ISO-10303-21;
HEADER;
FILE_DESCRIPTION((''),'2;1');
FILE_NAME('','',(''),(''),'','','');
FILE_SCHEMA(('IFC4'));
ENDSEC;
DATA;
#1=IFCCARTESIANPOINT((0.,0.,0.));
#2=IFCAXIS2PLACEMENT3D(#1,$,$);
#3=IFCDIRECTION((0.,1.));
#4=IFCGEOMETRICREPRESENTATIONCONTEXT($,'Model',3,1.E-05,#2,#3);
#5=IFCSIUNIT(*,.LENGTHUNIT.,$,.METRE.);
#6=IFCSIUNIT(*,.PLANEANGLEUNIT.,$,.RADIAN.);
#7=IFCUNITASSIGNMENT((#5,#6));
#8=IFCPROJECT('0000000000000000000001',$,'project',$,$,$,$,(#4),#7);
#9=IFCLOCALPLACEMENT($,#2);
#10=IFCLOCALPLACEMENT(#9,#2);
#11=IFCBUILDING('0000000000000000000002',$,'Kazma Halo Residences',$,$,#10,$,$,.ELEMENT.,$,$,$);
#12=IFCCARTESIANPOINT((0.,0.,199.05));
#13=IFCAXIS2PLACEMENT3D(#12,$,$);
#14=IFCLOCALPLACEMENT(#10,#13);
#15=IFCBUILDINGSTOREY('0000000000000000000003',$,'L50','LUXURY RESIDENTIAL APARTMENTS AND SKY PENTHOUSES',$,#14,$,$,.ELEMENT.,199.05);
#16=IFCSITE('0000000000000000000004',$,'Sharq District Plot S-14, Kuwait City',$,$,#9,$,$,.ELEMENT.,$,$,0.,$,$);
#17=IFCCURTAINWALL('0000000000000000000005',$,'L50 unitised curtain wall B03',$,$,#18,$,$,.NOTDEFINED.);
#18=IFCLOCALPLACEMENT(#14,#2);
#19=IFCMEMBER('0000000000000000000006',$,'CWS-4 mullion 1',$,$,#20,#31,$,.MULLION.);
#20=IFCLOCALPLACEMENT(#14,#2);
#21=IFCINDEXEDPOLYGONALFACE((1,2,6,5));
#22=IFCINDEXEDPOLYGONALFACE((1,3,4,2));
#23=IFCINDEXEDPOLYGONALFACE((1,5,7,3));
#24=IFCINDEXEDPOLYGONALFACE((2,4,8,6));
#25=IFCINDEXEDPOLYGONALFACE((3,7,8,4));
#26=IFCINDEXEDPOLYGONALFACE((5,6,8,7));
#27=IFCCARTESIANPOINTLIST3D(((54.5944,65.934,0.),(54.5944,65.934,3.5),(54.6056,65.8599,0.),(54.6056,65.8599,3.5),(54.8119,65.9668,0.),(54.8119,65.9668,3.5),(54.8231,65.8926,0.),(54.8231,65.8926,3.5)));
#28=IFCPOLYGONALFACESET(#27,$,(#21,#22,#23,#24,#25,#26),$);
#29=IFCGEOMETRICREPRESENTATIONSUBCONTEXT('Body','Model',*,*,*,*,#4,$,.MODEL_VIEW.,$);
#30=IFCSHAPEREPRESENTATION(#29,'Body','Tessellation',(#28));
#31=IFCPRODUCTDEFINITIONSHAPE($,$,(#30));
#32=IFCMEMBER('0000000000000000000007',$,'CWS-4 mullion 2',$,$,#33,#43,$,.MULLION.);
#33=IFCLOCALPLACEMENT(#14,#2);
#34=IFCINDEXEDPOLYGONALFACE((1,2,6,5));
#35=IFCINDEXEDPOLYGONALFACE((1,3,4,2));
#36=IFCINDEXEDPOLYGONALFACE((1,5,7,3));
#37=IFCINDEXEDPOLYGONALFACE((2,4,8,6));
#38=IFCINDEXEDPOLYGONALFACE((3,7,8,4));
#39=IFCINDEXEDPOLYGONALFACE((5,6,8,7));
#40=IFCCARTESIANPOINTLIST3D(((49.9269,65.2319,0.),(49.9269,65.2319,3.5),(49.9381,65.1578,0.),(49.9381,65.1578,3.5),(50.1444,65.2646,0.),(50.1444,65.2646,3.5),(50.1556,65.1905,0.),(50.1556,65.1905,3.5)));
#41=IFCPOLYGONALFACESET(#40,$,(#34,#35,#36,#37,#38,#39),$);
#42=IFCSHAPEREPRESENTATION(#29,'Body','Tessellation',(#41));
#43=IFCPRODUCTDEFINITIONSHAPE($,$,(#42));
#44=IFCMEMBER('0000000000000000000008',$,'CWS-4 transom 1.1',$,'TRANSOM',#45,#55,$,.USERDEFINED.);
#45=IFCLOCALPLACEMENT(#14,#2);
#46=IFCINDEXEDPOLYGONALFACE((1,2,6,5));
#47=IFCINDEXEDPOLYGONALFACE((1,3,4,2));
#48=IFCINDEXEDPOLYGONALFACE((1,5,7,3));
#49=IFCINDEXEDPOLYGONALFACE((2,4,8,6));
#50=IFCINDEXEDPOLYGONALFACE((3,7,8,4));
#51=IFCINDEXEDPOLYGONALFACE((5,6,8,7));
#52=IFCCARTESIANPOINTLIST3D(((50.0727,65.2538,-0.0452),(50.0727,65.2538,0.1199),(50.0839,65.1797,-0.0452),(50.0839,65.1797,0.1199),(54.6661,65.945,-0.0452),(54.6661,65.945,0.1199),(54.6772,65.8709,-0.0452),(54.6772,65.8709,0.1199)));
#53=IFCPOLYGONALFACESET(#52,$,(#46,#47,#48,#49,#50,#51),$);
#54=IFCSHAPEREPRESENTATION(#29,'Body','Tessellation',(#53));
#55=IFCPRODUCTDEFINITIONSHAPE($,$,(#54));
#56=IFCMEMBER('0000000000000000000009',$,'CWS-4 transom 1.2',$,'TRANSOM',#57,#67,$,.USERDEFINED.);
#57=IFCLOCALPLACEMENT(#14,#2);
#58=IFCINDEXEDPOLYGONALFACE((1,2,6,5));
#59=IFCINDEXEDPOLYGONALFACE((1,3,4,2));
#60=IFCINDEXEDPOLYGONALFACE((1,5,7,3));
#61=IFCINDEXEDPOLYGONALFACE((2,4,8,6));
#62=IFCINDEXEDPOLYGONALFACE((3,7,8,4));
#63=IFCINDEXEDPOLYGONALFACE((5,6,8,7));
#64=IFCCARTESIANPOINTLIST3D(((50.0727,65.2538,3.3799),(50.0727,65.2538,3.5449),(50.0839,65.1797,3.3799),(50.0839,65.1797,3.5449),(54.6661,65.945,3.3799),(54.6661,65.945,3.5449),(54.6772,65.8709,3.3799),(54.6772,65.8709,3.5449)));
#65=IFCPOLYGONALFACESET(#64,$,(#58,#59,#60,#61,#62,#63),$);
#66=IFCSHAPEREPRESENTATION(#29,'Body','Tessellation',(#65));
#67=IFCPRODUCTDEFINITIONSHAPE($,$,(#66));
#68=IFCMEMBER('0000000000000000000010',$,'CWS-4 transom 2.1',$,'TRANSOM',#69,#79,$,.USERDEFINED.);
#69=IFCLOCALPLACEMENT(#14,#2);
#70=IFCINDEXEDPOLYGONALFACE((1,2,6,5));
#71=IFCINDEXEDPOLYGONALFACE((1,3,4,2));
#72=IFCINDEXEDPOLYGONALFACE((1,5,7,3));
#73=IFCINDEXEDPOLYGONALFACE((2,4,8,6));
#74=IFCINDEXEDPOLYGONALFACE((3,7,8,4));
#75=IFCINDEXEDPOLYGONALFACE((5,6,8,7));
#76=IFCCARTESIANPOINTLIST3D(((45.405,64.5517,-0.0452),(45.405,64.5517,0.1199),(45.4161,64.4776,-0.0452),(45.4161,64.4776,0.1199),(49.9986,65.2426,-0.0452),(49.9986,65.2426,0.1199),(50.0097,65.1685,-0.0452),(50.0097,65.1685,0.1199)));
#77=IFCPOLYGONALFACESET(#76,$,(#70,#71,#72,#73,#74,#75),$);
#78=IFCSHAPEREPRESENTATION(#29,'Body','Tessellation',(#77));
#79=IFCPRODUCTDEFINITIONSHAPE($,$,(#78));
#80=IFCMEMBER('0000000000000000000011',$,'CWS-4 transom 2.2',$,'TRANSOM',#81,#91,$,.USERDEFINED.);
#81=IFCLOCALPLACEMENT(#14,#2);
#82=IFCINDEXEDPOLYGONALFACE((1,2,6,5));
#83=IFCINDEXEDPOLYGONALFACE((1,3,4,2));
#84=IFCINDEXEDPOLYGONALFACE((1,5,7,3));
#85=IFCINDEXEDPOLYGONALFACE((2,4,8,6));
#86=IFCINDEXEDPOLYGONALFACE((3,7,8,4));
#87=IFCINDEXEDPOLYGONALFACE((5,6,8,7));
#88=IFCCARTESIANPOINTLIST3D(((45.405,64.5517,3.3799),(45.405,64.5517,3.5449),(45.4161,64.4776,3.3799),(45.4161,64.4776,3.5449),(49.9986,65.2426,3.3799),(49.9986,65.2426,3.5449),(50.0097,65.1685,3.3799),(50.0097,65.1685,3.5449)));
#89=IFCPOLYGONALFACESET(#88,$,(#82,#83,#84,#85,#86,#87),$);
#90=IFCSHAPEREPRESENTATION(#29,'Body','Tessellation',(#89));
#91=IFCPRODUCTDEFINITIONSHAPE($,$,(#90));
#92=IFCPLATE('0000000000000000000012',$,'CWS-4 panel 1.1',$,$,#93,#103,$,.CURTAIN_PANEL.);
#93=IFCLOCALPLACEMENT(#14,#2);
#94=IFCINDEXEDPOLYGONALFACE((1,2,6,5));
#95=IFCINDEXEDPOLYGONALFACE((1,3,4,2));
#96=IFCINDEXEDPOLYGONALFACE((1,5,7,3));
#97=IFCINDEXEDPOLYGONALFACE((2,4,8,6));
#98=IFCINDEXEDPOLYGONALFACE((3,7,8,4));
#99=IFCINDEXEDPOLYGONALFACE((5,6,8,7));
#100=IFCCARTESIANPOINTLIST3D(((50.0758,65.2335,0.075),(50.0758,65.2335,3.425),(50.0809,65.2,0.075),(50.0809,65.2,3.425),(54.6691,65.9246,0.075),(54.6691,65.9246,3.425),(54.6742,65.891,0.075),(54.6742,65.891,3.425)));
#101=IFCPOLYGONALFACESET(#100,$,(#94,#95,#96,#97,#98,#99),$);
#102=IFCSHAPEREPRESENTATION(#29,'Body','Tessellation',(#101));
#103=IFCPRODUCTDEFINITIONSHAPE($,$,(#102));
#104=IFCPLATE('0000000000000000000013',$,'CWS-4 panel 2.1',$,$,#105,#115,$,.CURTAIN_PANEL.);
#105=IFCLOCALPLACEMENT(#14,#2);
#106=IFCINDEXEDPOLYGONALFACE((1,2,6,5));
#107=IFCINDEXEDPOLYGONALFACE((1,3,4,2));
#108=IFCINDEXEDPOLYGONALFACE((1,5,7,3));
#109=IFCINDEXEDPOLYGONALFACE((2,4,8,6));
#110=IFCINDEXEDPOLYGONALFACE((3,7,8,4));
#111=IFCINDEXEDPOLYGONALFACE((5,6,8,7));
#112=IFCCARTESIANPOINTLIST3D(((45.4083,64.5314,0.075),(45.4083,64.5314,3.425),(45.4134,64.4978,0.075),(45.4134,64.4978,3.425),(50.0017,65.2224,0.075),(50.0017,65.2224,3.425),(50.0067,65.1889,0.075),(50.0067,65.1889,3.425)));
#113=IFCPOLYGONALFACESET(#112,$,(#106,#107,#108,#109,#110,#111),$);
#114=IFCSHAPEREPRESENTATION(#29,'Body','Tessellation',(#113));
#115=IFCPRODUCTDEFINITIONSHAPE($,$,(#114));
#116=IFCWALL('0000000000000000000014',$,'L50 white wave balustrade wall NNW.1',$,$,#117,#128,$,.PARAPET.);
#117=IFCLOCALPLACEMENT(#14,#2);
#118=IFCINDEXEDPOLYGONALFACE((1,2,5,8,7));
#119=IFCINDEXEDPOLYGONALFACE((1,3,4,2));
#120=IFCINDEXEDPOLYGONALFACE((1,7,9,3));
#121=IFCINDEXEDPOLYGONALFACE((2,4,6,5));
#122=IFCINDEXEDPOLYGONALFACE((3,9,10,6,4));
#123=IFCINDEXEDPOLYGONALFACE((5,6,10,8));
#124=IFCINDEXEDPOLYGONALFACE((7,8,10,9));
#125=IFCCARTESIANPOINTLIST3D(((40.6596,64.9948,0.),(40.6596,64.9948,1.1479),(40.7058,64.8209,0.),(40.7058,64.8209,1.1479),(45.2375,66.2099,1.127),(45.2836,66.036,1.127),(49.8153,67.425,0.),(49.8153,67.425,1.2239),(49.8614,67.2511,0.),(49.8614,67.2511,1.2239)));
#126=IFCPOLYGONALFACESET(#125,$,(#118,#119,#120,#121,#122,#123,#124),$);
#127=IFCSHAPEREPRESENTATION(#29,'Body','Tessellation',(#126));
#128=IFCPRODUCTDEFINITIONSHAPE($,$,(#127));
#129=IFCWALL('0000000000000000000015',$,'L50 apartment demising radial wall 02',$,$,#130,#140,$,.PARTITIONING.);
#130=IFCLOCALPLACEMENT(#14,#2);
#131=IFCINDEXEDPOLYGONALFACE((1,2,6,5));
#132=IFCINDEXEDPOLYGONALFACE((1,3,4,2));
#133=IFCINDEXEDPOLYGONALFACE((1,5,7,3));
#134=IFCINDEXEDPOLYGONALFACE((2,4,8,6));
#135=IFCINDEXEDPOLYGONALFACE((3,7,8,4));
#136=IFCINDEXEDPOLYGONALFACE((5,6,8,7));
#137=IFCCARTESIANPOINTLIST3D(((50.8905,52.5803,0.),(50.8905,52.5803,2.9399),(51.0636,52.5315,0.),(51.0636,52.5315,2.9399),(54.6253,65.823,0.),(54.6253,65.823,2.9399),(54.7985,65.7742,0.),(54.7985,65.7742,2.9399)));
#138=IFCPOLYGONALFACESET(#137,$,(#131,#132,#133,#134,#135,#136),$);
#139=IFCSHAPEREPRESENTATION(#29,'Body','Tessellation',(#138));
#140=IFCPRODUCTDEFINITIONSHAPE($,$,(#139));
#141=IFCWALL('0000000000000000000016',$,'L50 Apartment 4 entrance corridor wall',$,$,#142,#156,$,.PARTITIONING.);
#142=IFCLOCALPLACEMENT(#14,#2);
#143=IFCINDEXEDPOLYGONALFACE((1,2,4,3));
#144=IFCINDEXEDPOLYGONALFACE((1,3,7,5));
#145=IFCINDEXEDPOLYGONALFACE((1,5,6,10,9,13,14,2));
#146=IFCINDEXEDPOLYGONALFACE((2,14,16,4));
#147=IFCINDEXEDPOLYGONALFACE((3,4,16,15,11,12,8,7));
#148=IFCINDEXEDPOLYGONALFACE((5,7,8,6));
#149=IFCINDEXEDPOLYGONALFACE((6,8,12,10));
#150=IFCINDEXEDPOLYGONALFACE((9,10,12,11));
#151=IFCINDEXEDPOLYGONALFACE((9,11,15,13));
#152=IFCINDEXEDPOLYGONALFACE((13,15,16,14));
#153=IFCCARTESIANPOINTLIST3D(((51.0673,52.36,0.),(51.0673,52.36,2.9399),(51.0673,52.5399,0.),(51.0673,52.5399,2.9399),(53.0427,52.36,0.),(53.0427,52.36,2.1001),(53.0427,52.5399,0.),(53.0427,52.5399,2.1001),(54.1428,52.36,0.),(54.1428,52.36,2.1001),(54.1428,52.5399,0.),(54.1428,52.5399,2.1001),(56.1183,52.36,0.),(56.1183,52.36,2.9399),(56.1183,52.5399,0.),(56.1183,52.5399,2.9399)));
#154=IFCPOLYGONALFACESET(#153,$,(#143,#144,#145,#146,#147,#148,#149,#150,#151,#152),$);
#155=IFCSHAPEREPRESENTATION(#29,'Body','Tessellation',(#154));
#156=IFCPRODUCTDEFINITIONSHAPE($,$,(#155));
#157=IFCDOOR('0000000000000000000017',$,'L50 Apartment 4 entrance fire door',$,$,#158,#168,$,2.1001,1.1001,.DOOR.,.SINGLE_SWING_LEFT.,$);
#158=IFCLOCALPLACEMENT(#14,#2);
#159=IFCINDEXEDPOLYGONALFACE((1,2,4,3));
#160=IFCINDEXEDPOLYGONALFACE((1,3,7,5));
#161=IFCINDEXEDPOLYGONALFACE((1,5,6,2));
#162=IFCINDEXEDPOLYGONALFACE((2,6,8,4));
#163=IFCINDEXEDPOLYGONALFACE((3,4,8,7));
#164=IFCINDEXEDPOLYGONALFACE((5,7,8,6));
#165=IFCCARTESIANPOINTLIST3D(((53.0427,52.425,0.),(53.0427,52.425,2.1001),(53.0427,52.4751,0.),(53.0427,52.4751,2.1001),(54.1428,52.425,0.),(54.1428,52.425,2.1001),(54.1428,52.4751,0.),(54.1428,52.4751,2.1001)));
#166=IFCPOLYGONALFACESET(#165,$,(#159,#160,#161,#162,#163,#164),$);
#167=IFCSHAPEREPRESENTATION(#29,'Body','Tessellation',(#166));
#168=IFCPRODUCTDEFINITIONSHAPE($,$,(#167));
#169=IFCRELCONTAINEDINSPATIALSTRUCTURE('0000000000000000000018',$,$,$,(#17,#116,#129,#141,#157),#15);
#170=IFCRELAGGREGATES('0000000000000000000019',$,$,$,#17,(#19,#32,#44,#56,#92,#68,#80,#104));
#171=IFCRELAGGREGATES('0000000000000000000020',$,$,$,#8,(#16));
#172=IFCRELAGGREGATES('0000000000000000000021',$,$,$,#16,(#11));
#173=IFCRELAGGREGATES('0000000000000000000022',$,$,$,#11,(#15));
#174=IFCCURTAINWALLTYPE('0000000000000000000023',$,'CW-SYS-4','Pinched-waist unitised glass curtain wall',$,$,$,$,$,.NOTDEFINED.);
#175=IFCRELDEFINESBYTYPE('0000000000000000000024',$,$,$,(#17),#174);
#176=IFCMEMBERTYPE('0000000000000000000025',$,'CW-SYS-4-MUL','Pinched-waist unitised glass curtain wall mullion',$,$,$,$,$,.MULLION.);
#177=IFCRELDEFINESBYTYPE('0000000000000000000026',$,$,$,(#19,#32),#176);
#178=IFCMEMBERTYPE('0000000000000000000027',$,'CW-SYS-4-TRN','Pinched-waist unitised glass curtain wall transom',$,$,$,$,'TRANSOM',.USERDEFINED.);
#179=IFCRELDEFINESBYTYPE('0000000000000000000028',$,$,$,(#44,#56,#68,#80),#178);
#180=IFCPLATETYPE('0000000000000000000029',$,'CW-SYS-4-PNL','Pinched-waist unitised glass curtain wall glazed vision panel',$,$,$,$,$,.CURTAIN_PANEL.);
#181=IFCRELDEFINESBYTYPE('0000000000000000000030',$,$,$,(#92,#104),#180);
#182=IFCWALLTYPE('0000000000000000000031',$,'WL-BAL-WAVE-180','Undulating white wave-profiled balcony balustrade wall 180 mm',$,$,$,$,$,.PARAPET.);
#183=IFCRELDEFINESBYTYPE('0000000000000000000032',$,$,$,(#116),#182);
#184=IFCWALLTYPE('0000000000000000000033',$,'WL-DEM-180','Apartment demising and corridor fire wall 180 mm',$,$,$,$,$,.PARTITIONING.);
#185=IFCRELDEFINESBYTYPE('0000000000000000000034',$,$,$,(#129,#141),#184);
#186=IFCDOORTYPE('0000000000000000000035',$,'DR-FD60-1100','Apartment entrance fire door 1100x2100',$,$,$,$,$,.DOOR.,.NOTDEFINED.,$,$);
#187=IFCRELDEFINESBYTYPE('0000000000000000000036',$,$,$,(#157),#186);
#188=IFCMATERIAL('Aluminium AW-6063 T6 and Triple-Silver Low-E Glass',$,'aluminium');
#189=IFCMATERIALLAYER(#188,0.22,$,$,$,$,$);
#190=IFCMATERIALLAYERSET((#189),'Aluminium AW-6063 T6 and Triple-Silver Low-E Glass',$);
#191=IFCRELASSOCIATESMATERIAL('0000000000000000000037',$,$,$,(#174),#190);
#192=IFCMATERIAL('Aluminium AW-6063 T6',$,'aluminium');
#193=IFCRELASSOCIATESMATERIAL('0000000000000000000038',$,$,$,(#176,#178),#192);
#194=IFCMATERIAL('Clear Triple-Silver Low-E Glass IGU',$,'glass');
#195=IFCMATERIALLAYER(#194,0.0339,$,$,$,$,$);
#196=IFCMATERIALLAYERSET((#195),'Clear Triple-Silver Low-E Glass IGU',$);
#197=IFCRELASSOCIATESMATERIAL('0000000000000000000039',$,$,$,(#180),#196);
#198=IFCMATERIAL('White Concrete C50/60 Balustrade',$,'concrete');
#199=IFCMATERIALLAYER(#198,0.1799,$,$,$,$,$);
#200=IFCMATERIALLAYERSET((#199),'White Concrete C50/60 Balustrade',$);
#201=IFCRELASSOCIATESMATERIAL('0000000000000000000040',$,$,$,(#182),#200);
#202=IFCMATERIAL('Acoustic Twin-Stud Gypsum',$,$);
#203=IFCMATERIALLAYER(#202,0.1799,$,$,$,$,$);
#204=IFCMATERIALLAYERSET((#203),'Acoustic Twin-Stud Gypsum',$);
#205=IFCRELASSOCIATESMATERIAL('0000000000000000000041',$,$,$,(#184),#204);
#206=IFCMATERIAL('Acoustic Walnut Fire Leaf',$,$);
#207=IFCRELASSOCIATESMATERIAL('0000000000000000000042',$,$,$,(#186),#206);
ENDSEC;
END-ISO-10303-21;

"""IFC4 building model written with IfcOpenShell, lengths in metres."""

from ifc_helpers import new_model, si_unit, direction, frame, frame_2d, origin, origin_2d, place, context, subcontext, project, spatial, polyline, rectangle, outline, extrude, material, layer, layer_set, material_profile, profile_set, type_object, element, fill, aggregate, save


model = new_model("IFC4")

# Units and contexts
model_context = context("Model", 3, precision=1e-05, world=origin(), true_north=direction((0.0, 1.0)))
body_context = subcontext(model_context, "Body", "Model", "MODEL_VIEW")
ifc_project = project(units=[si_unit("LENGTHUNIT", "METRE"), si_unit("PLANEANGLEUNIT", "RADIAN")], contexts=[model_context])

# Site, building, storey
site_placement = place(None, origin())
site = spatial("IfcSite", under=ifc_project, at=site_placement, Name="Sharq District Plot S-14, Kuwait City", CompositionType="ELEMENT", RefElevation=0.0)
building_placement = place(site_placement, origin())
building = spatial("IfcBuilding", under=site, at=building_placement, Name="Kazma Halo Residences", CompositionType="ELEMENT")
storey_placement = place(building_placement, frame((0.0, 0.0, 199.05)))
storey = spatial("IfcBuildingStorey", under=building, at=storey_placement, Name="L50", Description="LUXURY RESIDENTIAL APARTMENTS AND SKY PENTHOUSES", CompositionType="ELEMENT", Elevation=199.05)

# Curtain wall, members, plates
ifc_material_1 = material(Name="Aluminium AW-6063 T6 and Triple-Silver Low-E Glass", Category="aluminium")
ifc_layer_1 = layer(ifc_material_1, 0.22)
ifc_layer_set_1 = layer_set([ifc_layer_1], Name="Aluminium AW-6063 T6 and Triple-Silver Low-E Glass")
curtain_wall_type = type_object("IfcCurtainWallType", Name="CW-SYS-4", Description="Pinched-waist unitised glass curtain wall", PredefinedType="NOTDEFINED", material=ifc_layer_set_1)
curtain_wall_placement = place(storey_placement, origin())
curtain_wall = element("IfcCurtainWall", 1, at=curtain_wall_placement, inside=storey, type_object=curtain_wall_type, Name="L50 unitised curtain wall B03", PredefinedType="NOTDEFINED")
ifc_material_2 = material(Name="Aluminium AW-6063 T6", Category="aluminium")
ifc_material_profile_1 = material_profile(ifc_material_2, rectangle(XDim=0.075, YDim=0.22, at=origin_2d()), Name="CWM-75x220")
ifc_profile_set_1 = profile_set([ifc_material_profile_1], Name="Aluminium AW-6063 T6")
member_type_1 = type_object("IfcMemberType", Name="CW-SYS-4-MUL", Description="Pinched-waist unitised glass curtain wall mullion", PredefinedType="MULLION", material=ifc_profile_set_1)
member_1_placement = place(storey_placement, frame((54.7087, 65.9133, 0.0), z_axis=(0.0, 0.0, 1.0), x_axis=(0.148773, -0.988871, 0.0)))
member_1 = element("IfcMember", 2, at=member_1_placement, type_object=member_type_1, Name="CWS-4 mullion 1", PredefinedType="MULLION", context=body_context, shape_type="SweptSolid", body=[
    extrude(rectangle(XDim=0.075, YDim=0.22, at=origin_2d()), origin(), (0.0, 0.0, 1.0), 3.5),
])
member_2_placement = place(storey_placement, frame((50.0413, 65.2112, 0.0), z_axis=(0.0, 0.0, 1.0), x_axis=(0.148773, -0.988871, 0.0)))
member_2 = element("IfcMember", 3, at=member_2_placement, type_object=member_type_1, Name="CWS-4 mullion 2", PredefinedType="MULLION", context=body_context, shape_type="SweptSolid", body=[
    extrude(rectangle(XDim=0.075, YDim=0.22, at=origin_2d()), origin(), (0.0, 0.0, 1.0), 3.5),
])
ifc_material_profile_2 = material_profile(ifc_material_2, rectangle(XDim=0.075, YDim=0.165, at=origin_2d()), Name="CWT-75x165")
ifc_profile_set_2 = profile_set([ifc_material_profile_2], Name="Aluminium AW-6063 T6")
member_type_2 = type_object("IfcMemberType", Name="CW-SYS-4-TRN", Description="Pinched-waist unitised glass curtain wall transom", ElementType="TRANSOM", PredefinedType="USERDEFINED", material=ifc_profile_set_2)
member_3_placement = place(storey_placement, frame((54.6716, 65.908, 0.0374), z_axis=(-0.988868, -0.148798, 0.0), x_axis=(0.148798, -0.988868, 0.0)))
member_3 = element("IfcMember", 4, at=member_3_placement, type_object=member_type_2, Name="CWS-4 transom 1.1", ObjectType="TRANSOM", PredefinedType="USERDEFINED", context=body_context, shape_type="SweptSolid", body=[
    extrude(rectangle(XDim=0.075, YDim=0.165, at=origin_2d()), origin(), (0.0, 0.0, 1.0), 4.645),
])
member_4_placement = place(storey_placement, frame((54.6716, 65.908, 3.4624), z_axis=(-0.988868, -0.148798, 0.0), x_axis=(0.148798, -0.988868, 0.0)))
member_4 = element("IfcMember", 5, at=member_4_placement, type_object=member_type_2, Name="CWS-4 transom 1.2", ObjectType="TRANSOM", PredefinedType="USERDEFINED", context=body_context, shape_type="SweptSolid", body=[
    extrude(rectangle(XDim=0.075, YDim=0.165, at=origin_2d()), origin(), (0.0, 0.0, 1.0), 4.645),
])
member_5_placement = place(storey_placement, frame((50.0042, 65.2056, 0.0374), z_axis=(-0.988877, -0.148739, 0.0), x_axis=(0.148739, -0.988877, 0.0)))
member_5 = element("IfcMember", 6, at=member_5_placement, type_object=member_type_2, Name="CWS-4 transom 2.1", ObjectType="TRANSOM", PredefinedType="USERDEFINED", context=body_context, shape_type="SweptSolid", body=[
    extrude(rectangle(XDim=0.075, YDim=0.165, at=origin_2d()), origin(), (0.0, 0.0, 1.0), 4.6453),
])
member_6_placement = place(storey_placement, frame((50.0042, 65.2056, 3.4624), z_axis=(-0.988877, -0.148739, 0.0), x_axis=(0.148739, -0.988877, 0.0)))
member_6 = element("IfcMember", 7, at=member_6_placement, type_object=member_type_2, Name="CWS-4 transom 2.2", ObjectType="TRANSOM", PredefinedType="USERDEFINED", context=body_context, shape_type="SweptSolid", body=[
    extrude(rectangle(XDim=0.075, YDim=0.165, at=origin_2d()), origin(), (0.0, 0.0, 1.0), 4.6453),
])
ifc_material_3 = material(Name="Clear Triple-Silver Low-E Glass IGU", Category="glass")
ifc_layer_2 = layer(ifc_material_3, 0.0339)
ifc_layer_set_2 = layer_set([ifc_layer_2], Name="Clear Triple-Silver Low-E Glass IGU")
plate_type = type_object("IfcPlateType", Name="CW-SYS-4-PNL", Description="Pinched-waist unitised glass curtain wall glazed vision panel", PredefinedType="CURTAIN_PANEL", material=ifc_layer_set_2)
plate_1_placement = place(storey_placement, frame((52.375, 65.5623, 0.075), z_axis=(0.0, 0.0, 1.0), x_axis=(-0.988871, -0.148773, 0.0)))
plate_1 = element("IfcPlate", 8, at=plate_1_placement, type_object=plate_type, Name="CWS-4 panel 1.1", PredefinedType="CURTAIN_PANEL", context=body_context, shape_type="SweptSolid", body=[
    extrude(rectangle(XDim=4.645, YDim=0.0339, at=origin_2d()), origin(), (0.0, 0.0, 1.0), 3.3501),
])
plate_2_placement = place(storey_placement, frame((47.7075, 64.8601, 0.075), z_axis=(0.0, 0.0, 1.0), x_axis=(-0.988871, -0.148773, 0.0)))
plate_2 = element("IfcPlate", 9, at=plate_2_placement, type_object=plate_type, Name="CWS-4 panel 2.1", PredefinedType="CURTAIN_PANEL", context=body_context, shape_type="SweptSolid", body=[
    extrude(rectangle(XDim=4.645, YDim=0.0339, at=origin_2d()), origin(), (0.0, 0.0, 1.0), 3.3501),
])
aggregate(curtain_wall, [member_1, member_2, member_3, member_4, plate_1, member_5, member_6, plate_2])

# Walls
ifc_material_4 = material(Name="White Concrete C50/60 Balustrade", Category="concrete")
ifc_layer_3 = layer(ifc_material_4, 0.1799)
ifc_layer_set_3 = layer_set([ifc_layer_3], Name="White Concrete C50/60 Balustrade")
wall_type_1 = type_object("IfcWallType", Name="WL-BAL-WAVE-180", Description="Undulating white wave-profiled balcony balustrade wall 180 mm", PredefinedType="PARAPET", material=ifc_layer_set_3)
wall_1_placement = place(storey_placement, frame((49.8384, 67.3379, 0.0), z_axis=(0.0, 0.0, 1.0), x_axis=(-0.966531, -0.256549, 0.0)))
element("IfcWall", 10, at=wall_1_placement, inside=storey, type_object=wall_type_1, Name="L50 white wave balustrade wall NNW.1", PredefinedType="PARAPET", context=body_context, shape_type="SweptSolid", body=[
    extrude(outline(polyline([(0.0, 0.0), (9.4727, 0.0), (9.4727, 1.1479), (4.7363, 1.127), (0.0, 1.2239), (0.0, 0.0)])), frame((0.0, 0.0898, 0.0), z_axis=(0.0, -1.0, 0.0), x_axis=(1.0, 0.0, 0.0)), (0.0, 0.0, 1.0), 0.1799),
])
ifc_material_5 = material(Name="Acoustic Twin-Stud Gypsum")
ifc_layer_4 = layer(ifc_material_5, 0.1799)
ifc_layer_set_4 = layer_set([ifc_layer_4], Name="Acoustic Twin-Stud Gypsum")
wall_type_2 = type_object("IfcWallType", Name="WL-DEM-180", Description="Apartment demising and corridor fire wall 180 mm", PredefinedType="PARTITIONING", material=ifc_layer_set_4)
wall_2_placement = place(storey_placement, frame((50.9771, 52.5559, 0.0), z_axis=(0.0, 0.0, 1.0), x_axis=(0.271443, 0.962454, 0.0)))
element("IfcWall", 11, at=wall_2_placement, inside=storey, type_object=wall_type_2, Name="L50 apartment demising radial wall 02", PredefinedType="PARTITIONING", context=body_context, shape_type="SweptSolid", body=[
    extrude(rectangle(XDim=13.7593, YDim=0.1799, at=frame_2d((6.8796, 0.0))), origin(), (0.0, 0.0, 1.0), 2.9399),
])

# Wall, opening, door
wall_3_placement = place(storey_placement, frame((56.1182, 52.45, 0.0), z_axis=(0.0, 0.0, 1.0), x_axis=(-1.0, 0.0, 0.0)))
wall_3 = element("IfcWall", 12, at=wall_3_placement, inside=storey, type_object=wall_type_2, Name="L50 Apartment 4 entrance corridor wall", PredefinedType="PARTITIONING", context=body_context, shape_type="SweptSolid", body=[
    extrude(rectangle(XDim=5.051, YDim=0.1799, at=frame_2d((2.5254, 0.0))), origin(), (0.0, 0.0, 1.0), 2.9399),
])
opening_1_placement = place(wall_3_placement, frame((1.9753, 0.0, 0.0)))
opening_1 = element("IfcOpeningElement", 13, at=opening_1_placement, cuts=wall_3, PredefinedType="OPENING", context=body_context, shape_type="SweptSolid", body=[
    extrude(rectangle(XDim=1.1001, YDim=2.1001, at=frame_2d((0.55, 1.05))), frame((0.0, 0.0999, 0.0), z_axis=(0.0, -1.0, 0.0), x_axis=(1.0, 0.0, 0.0)), (0.0, 0.0, 1.0), 0.2),
])
ifc_material_6 = material(Name="Acoustic Walnut Fire Leaf")
door_type_1 = type_object("IfcDoorType", Name="DR-FD60-1100", Description="Apartment entrance fire door 1100x2100", OperationType="NOTDEFINED", PredefinedType="DOOR", material=ifc_material_6)
door_1_placement = place(opening_1_placement, origin())
door_1 = element("IfcDoor", 14, at=door_1_placement, inside=storey, type_object=door_type_1, Name="L50 Apartment 4 entrance fire door", OperationType="SINGLE_SWING_LEFT", OverallHeight=2.1001, OverallWidth=1.1001, PredefinedType="DOOR", context=body_context, shape_type="SweptSolid", body=[
    extrude(rectangle(XDim=1.1001, YDim=2.1001, at=frame_2d((0.55, 1.05))), frame((0.0, 0.0249, 0.0), z_axis=(0.0, -1.0, 0.0), x_axis=(1.0, 0.0, 0.0)), (0.0, 0.0, 1.0), 0.05),
])
fill(opening_1, door_1)

save(model, "model.ifc")
